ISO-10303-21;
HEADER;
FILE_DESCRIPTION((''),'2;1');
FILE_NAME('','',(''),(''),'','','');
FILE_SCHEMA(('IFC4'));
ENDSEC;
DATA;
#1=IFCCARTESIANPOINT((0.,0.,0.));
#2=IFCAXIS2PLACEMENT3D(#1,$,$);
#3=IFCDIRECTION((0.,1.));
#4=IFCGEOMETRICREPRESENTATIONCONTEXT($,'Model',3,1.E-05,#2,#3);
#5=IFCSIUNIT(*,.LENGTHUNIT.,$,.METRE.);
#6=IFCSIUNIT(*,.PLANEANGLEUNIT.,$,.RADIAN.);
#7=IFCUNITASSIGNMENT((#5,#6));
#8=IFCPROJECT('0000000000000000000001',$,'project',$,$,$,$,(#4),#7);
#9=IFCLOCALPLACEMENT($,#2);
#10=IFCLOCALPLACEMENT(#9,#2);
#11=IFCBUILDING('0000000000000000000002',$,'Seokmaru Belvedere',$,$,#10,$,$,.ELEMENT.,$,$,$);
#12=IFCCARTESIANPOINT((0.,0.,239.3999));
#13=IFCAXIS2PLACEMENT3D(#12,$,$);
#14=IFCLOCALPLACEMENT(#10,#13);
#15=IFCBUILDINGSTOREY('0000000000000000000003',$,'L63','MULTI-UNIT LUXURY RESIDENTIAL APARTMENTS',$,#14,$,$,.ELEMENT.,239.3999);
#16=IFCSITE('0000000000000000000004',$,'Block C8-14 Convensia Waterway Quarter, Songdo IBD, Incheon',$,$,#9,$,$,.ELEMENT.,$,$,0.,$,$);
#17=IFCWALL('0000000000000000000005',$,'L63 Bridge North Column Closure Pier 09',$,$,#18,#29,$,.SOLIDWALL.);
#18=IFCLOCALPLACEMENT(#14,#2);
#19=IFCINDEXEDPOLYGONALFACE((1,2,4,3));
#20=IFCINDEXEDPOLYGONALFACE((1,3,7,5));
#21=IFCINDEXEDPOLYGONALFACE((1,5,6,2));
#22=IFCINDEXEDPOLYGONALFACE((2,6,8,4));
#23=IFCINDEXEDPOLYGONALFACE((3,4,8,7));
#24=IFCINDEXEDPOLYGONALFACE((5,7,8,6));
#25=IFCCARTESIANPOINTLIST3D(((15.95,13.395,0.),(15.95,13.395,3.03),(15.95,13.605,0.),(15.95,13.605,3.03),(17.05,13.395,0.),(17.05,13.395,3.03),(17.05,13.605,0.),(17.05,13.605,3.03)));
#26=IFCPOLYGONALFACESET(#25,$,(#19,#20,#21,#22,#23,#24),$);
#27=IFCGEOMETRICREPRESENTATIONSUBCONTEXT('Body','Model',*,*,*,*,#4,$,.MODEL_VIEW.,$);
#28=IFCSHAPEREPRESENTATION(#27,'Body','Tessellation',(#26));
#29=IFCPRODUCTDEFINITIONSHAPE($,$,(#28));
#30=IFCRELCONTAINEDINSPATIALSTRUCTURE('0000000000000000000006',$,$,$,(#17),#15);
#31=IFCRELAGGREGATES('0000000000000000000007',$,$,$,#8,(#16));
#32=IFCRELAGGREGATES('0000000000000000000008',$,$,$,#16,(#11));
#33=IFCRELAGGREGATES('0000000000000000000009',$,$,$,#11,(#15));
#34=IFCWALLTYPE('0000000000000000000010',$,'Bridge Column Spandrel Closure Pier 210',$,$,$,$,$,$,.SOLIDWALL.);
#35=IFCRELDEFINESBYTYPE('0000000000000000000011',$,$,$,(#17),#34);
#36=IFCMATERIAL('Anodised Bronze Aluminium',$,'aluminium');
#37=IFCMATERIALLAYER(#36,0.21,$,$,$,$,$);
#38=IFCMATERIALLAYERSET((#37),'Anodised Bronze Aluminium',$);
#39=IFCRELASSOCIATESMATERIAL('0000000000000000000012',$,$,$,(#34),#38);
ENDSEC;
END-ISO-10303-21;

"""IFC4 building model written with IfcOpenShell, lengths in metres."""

from ifc_helpers import new_model, si_unit, direction, frame, frame_2d, origin, place, context, subcontext, project, spatial, rectangle, extrude, material, layer, layer_set, type_object, element, save


model = new_model("IFC4")

# Units and contexts
model_context = context("Model", 3, precision=1e-05, world=origin(), true_north=direction((0.0, 1.0)))
body_context = subcontext(model_context, "Body", "Model", "MODEL_VIEW")
ifc_project = project(units=[si_unit("LENGTHUNIT", "METRE"), si_unit("PLANEANGLEUNIT", "RADIAN")], contexts=[model_context])

# Site, building, storey
site_placement = place(None, origin())
site = spatial("IfcSite", under=ifc_project, at=site_placement, Name="Block C8-14 Convensia Waterway Quarter, Songdo IBD, Incheon", CompositionType="ELEMENT", RefElevation=0.0)
building_placement = place(site_placement, origin())
building = spatial("IfcBuilding", under=site, at=building_placement, Name="Seokmaru Belvedere", CompositionType="ELEMENT")
storey_placement = place(building_placement, frame((0.0, 0.0, 239.3999)))
storey = spatial("IfcBuildingStorey", under=building, at=storey_placement, Name="L63", Description="MULTI-UNIT LUXURY RESIDENTIAL APARTMENTS", CompositionType="ELEMENT", Elevation=239.3999)

# Shared definitions
ifc_material_1 = material(Name="Anodised Bronze Aluminium", Category="aluminium")

# Wall
ifc_layer_1 = layer(ifc_material_1, 0.21)
ifc_layer_set_1 = layer_set([ifc_layer_1], Name="Anodised Bronze Aluminium")
wall_type_1 = type_object("IfcWallType", Name="Bridge Column Spandrel Closure Pier 210", PredefinedType="SOLIDWALL", material=ifc_layer_set_1)
for number, where, z_axis, x_axis, name in (
    (1, (15.95, 13.5, 0.0), (0.0, 0.0, 1.0), (1.0, 0.0, 0.0), "L63 Bridge North Column Closure Pier 09"),
):
    element("IfcWall", number, at=place(storey_placement, frame(where, z_axis=z_axis, x_axis=x_axis)), inside=storey, type_object=wall_type_1, Name=name, PredefinedType="SOLIDWALL", context=body_context, shape_type="SweptSolid", body=[
        extrude(rectangle(XDim=1.1001, YDim=0.21, at=frame_2d((0.55, 0.0))), origin(), (0.0, 0.0, 1.0), 3.03),
    ])

save(model, "model.ifc")
